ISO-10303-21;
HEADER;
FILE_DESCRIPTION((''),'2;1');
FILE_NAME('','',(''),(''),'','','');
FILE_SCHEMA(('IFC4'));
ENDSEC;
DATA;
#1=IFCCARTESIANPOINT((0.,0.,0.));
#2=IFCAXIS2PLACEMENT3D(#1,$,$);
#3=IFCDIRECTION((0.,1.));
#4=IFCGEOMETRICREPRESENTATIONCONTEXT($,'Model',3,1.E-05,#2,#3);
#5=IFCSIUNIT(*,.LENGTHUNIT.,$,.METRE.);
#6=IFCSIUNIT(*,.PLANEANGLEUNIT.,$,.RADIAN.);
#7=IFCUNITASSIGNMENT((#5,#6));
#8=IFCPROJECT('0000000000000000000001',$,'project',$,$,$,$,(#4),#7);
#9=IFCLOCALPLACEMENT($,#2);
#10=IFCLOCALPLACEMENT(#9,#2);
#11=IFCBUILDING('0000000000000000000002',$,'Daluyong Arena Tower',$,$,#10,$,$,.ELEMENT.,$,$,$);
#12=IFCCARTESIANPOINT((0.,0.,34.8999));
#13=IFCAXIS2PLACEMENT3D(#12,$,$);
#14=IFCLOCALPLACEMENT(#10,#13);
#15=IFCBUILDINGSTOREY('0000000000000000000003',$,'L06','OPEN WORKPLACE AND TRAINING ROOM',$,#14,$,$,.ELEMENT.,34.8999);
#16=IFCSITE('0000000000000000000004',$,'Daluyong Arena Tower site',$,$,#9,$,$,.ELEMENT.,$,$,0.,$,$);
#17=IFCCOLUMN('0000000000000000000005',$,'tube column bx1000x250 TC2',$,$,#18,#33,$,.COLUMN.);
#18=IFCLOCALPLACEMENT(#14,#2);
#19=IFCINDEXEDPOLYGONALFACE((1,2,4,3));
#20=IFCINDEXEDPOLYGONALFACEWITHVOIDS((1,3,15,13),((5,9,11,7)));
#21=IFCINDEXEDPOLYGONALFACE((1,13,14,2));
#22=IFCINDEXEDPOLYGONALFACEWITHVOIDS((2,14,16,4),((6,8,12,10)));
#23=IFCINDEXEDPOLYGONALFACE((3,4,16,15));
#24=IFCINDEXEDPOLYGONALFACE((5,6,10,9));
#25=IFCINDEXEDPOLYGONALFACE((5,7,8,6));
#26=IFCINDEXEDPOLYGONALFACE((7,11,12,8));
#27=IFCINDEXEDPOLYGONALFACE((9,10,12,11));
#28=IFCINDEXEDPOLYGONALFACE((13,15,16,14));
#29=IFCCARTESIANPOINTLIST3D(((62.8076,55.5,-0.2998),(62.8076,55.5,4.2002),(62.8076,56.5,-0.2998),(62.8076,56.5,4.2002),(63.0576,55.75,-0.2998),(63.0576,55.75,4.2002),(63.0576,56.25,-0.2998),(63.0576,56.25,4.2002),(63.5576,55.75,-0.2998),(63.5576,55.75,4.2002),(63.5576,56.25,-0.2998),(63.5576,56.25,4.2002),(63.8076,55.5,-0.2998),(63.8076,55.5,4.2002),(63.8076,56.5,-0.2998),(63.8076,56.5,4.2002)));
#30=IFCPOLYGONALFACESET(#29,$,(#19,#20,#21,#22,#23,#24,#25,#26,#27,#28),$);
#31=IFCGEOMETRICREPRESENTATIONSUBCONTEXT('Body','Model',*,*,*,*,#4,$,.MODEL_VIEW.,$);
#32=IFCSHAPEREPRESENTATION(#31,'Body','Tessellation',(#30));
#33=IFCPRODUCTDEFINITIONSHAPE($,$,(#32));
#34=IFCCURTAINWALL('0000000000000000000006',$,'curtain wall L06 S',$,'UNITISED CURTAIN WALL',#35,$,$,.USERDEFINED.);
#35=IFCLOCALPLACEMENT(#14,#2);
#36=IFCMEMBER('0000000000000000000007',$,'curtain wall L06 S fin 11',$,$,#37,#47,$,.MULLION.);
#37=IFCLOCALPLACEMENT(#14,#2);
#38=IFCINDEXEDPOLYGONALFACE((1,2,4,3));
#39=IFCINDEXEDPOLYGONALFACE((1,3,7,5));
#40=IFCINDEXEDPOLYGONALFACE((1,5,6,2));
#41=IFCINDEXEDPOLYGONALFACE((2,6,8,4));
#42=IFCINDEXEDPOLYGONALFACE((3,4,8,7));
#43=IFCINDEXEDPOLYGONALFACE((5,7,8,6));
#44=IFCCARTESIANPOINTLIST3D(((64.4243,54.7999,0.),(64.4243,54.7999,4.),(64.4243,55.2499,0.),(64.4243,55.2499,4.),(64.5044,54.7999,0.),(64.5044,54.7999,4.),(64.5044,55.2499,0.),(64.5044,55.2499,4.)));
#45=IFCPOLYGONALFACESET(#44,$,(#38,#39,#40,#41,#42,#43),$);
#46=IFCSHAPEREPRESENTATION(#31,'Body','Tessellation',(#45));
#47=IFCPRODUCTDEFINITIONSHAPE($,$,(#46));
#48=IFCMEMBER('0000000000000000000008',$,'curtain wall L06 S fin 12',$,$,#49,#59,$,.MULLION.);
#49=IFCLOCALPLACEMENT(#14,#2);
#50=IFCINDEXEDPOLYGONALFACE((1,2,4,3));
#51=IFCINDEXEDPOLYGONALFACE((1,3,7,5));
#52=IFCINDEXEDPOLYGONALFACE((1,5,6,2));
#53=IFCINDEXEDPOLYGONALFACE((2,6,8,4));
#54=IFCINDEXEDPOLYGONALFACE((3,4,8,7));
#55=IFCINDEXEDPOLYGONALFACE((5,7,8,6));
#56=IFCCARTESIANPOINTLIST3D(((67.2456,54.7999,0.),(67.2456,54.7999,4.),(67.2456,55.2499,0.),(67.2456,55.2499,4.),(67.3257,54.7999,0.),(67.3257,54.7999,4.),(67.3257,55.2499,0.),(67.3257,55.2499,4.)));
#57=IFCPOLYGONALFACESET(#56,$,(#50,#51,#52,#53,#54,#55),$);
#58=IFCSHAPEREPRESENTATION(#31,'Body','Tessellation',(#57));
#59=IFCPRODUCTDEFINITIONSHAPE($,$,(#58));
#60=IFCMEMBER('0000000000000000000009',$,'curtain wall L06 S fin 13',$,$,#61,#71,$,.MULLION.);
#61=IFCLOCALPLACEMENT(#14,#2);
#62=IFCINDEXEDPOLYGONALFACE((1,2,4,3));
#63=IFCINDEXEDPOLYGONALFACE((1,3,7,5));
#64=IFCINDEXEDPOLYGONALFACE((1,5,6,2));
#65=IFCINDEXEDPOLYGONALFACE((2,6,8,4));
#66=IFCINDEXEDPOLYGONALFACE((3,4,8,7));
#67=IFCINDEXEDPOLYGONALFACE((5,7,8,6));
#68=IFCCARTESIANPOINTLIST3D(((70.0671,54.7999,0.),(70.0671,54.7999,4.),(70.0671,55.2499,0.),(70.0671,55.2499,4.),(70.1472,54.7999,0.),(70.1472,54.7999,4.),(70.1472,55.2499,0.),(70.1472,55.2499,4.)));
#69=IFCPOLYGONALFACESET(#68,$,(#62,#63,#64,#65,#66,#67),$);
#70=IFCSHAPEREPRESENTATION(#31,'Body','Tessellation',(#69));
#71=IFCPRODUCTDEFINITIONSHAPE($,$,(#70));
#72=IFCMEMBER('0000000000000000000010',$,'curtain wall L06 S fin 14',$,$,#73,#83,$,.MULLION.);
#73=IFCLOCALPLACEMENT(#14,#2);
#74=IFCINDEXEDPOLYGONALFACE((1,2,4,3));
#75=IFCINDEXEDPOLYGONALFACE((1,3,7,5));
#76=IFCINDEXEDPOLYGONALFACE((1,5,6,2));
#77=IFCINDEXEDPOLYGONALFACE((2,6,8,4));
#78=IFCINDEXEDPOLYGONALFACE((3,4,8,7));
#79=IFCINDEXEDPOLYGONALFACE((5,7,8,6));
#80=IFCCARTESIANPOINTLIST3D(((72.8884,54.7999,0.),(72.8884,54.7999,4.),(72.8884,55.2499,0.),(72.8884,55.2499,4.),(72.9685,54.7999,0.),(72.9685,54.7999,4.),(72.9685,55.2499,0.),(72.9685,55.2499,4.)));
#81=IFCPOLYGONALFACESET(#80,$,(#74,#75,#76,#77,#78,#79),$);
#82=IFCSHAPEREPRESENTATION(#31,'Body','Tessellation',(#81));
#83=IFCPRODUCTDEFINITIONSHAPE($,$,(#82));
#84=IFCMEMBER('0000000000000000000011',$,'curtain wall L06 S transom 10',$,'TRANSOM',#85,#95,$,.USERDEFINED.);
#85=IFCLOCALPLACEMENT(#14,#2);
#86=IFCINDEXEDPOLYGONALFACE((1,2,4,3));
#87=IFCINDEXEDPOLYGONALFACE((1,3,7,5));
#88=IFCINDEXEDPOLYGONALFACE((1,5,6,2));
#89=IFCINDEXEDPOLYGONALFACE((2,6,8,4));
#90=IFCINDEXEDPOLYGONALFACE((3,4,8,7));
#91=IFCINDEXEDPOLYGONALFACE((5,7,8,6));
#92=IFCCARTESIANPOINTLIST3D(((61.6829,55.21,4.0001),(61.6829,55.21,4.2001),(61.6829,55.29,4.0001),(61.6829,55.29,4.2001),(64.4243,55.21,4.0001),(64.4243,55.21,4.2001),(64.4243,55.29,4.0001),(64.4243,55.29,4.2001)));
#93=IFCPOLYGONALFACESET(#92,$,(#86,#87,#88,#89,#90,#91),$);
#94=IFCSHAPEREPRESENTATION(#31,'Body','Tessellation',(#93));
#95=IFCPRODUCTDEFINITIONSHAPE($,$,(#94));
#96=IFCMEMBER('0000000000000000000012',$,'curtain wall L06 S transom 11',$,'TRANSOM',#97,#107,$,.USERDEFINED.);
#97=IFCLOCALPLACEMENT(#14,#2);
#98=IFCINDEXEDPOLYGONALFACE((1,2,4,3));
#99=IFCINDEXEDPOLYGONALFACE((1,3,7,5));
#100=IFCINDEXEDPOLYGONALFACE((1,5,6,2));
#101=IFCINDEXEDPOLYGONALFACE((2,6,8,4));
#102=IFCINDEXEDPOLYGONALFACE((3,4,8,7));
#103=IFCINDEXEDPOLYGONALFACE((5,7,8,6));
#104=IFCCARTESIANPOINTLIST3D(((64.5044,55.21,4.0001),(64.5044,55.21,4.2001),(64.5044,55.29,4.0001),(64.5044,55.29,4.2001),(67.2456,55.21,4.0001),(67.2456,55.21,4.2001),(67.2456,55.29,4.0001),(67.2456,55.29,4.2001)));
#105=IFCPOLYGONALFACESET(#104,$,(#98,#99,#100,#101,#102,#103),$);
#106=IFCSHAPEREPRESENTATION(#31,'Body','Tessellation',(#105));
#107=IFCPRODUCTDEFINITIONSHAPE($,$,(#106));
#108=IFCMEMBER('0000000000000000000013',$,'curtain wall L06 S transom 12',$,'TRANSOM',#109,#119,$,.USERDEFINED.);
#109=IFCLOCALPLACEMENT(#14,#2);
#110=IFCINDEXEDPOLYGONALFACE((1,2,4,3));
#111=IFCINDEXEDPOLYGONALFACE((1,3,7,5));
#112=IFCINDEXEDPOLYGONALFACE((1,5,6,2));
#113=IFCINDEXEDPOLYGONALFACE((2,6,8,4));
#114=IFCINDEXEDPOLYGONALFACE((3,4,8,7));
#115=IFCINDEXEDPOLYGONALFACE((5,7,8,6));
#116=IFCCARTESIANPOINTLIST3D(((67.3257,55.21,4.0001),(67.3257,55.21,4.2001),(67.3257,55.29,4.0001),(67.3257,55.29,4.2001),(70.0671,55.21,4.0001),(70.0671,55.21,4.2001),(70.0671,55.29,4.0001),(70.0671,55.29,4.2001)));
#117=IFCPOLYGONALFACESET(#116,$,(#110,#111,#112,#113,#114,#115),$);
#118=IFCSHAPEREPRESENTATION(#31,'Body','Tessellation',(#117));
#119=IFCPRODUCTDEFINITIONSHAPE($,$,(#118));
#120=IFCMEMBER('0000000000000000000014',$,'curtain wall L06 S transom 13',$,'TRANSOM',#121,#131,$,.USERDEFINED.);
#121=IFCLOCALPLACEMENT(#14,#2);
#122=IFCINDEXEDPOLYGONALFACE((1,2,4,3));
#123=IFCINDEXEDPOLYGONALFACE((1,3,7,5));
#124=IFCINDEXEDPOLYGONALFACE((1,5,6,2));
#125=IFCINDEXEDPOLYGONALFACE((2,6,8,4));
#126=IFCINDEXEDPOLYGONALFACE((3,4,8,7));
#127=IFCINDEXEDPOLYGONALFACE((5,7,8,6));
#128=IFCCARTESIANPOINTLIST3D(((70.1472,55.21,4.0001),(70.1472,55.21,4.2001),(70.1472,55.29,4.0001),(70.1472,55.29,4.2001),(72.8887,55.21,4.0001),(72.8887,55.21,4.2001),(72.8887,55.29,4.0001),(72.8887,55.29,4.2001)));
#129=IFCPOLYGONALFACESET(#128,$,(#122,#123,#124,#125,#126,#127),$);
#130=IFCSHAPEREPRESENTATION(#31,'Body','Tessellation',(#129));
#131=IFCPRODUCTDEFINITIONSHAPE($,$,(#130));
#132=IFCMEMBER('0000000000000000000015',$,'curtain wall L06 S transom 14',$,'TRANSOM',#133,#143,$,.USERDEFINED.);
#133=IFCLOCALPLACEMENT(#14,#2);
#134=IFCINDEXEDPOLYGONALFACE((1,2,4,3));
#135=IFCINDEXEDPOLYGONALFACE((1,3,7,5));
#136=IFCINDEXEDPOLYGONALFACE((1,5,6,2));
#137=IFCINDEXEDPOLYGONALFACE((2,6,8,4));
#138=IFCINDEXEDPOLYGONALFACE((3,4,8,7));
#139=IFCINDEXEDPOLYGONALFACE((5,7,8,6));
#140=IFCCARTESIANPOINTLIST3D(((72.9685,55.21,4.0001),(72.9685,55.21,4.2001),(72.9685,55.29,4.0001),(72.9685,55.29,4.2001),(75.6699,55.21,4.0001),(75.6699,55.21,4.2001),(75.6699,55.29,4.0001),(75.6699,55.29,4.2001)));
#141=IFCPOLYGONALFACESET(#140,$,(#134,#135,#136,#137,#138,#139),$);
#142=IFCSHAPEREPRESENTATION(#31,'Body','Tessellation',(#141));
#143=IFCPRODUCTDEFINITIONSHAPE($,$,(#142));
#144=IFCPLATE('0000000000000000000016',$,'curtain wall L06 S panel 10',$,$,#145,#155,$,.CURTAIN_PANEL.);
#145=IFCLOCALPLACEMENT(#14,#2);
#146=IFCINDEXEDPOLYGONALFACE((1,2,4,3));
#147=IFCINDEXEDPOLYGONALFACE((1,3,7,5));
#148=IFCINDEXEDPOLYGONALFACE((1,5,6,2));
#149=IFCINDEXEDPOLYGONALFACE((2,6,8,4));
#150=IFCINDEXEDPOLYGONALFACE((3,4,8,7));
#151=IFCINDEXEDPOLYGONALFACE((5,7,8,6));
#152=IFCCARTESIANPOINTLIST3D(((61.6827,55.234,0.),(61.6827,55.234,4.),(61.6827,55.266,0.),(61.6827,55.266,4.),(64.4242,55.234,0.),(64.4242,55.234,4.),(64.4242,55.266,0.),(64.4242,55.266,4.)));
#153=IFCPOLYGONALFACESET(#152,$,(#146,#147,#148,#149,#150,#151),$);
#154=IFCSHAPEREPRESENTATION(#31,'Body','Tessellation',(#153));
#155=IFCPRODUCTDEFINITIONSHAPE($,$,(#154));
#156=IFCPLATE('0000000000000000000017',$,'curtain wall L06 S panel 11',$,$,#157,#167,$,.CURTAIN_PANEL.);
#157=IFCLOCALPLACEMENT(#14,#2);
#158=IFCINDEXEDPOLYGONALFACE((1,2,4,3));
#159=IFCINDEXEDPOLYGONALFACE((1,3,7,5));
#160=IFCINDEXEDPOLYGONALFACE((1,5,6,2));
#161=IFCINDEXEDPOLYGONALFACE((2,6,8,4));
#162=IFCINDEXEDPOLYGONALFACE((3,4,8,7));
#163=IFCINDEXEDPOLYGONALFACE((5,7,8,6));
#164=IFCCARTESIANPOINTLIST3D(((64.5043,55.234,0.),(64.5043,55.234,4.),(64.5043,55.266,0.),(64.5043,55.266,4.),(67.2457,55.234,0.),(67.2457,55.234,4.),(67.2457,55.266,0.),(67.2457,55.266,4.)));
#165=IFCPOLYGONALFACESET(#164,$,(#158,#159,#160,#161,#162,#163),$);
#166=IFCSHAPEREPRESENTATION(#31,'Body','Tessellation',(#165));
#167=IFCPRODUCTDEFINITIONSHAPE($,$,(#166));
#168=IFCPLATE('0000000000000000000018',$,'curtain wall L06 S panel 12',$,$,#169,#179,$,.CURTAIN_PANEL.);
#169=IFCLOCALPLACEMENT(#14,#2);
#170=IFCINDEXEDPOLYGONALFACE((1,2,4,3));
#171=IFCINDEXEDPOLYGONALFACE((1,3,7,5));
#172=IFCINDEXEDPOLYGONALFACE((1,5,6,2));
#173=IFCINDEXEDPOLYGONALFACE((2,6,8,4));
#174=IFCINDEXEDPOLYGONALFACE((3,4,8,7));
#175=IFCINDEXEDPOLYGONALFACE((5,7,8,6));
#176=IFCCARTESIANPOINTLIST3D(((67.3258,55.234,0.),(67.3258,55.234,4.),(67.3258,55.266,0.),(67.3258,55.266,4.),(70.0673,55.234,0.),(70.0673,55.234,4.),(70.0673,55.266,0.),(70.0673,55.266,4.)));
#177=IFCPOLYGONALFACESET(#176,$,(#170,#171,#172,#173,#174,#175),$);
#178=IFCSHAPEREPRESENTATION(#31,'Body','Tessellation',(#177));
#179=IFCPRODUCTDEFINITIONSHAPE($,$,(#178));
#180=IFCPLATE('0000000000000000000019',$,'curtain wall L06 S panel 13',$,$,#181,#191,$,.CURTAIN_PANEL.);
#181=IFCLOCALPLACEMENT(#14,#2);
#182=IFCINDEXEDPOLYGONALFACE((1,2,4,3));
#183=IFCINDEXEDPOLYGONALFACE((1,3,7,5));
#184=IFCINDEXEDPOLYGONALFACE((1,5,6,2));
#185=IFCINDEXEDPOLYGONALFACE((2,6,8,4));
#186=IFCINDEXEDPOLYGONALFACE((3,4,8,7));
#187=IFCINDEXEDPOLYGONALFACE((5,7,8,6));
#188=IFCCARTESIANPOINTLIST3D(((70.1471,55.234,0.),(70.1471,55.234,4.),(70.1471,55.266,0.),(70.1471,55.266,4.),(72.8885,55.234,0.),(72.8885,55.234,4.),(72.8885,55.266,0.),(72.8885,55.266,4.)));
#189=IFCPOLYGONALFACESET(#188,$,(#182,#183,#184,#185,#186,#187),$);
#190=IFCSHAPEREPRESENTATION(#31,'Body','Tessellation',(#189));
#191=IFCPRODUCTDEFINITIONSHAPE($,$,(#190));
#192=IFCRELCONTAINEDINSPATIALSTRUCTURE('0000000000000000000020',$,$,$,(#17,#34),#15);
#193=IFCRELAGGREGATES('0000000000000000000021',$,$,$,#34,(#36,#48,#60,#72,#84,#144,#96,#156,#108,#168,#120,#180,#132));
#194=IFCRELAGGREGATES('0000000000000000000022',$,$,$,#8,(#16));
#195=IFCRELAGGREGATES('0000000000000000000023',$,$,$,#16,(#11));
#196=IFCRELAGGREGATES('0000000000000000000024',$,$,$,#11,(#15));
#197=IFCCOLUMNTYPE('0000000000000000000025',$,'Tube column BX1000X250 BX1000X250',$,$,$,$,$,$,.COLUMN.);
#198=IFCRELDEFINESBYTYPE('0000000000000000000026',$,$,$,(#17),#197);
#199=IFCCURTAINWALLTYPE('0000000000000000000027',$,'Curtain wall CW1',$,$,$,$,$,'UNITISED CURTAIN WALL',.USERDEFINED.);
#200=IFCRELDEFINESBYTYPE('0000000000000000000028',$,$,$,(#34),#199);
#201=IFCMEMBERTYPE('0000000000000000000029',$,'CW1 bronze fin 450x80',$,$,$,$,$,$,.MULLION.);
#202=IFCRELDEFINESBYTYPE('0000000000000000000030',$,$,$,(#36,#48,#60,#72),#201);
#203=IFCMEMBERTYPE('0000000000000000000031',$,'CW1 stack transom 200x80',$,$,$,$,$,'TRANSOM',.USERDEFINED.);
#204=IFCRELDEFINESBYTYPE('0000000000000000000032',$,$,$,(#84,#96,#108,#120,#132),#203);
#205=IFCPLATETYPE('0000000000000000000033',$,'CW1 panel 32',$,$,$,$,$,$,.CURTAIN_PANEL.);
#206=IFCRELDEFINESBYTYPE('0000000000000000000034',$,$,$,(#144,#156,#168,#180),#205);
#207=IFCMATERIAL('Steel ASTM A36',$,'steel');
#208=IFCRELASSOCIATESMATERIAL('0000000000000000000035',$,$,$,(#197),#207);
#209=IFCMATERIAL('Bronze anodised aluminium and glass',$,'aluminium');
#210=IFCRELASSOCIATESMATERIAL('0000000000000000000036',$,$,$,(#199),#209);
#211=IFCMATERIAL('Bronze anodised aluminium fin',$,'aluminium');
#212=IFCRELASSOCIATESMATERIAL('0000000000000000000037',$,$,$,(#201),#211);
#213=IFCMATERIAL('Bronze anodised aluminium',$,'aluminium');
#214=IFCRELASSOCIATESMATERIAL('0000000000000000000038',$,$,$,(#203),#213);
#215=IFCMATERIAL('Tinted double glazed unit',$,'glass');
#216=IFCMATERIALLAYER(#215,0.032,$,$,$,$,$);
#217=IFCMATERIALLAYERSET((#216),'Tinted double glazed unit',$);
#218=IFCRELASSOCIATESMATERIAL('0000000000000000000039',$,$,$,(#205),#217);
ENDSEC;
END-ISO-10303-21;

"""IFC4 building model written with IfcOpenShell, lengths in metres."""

from ifc_helpers import new_model, si_unit, direction, frame, origin, origin_2d, place, context, subcontext, project, spatial, rectangle, hollow_rectangle, extrude, material, layer, layer_set, material_profile, profile_set, type_object, element, aggregate, save


model = new_model("IFC4")

# Units and contexts
model_context = context("Model", 3, precision=1e-05, world=origin(), true_north=direction((0.0, 1.0)))
body_context = subcontext(model_context, "Body", "Model", "MODEL_VIEW")
ifc_project = project(units=[si_unit("LENGTHUNIT", "METRE"), si_unit("PLANEANGLEUNIT", "RADIAN")], contexts=[model_context])

# Site, building, storey
site_placement = place(None, origin())
site = spatial("IfcSite", under=ifc_project, at=site_placement, Name="Daluyong Arena Tower site", CompositionType="ELEMENT", RefElevation=0.0)
building_placement = place(site_placement, origin())
building = spatial("IfcBuilding", under=site, at=building_placement, Name="Daluyong Arena Tower", CompositionType="ELEMENT")
storey_placement = place(building_placement, frame((0.0, 0.0, 34.8999)))
storey = spatial("IfcBuildingStorey", under=building, at=storey_placement, Name="L06", Description="OPEN WORKPLACE AND TRAINING ROOM", CompositionType="ELEMENT", Elevation=34.8999)

# Column
ifc_material_1 = material(Name="Steel ASTM A36", Category="steel")
ifc_material_profile_1 = material_profile(ifc_material_1, hollow_rectangle(XDim=1.0, YDim=1.0, WallThickness=0.25, at=origin_2d()))
ifc_profile_set_1 = profile_set([ifc_material_profile_1], Name="Steel ASTM A36")
column_type = type_object("IfcColumnType", Name="Tube column BX1000X250 BX1000X250", PredefinedType="COLUMN", material=ifc_profile_set_1)
column_placement = place(storey_placement, frame((63.3076, 56.0, -0.2998), z_axis=(0.0, 0.0, 1.0), x_axis=(1.0, 0.0, 0.0)))
element("IfcColumn", 1, at=column_placement, inside=storey, type_object=column_type, Name="tube column bx1000x250 TC2", PredefinedType="COLUMN", context=body_context, shape_type="SweptSolid", body=[
    extrude(hollow_rectangle(XDim=1.0, YDim=1.0, WallThickness=0.25, at=origin_2d()), origin(), (0.0, 0.0, 1.0), 4.5),
])

# Curtain wall, members, plates
ifc_material_2 = material(Name="Bronze anodised aluminium and glass", Category="aluminium")
curtain_wall_type = type_object("IfcCurtainWallType", Name="Curtain wall CW1", ElementType="UNITISED CURTAIN WALL", PredefinedType="USERDEFINED", material=ifc_material_2)
curtain_wall_placement = place(storey_placement, origin())
curtain_wall = element("IfcCurtainWall", 2, at=curtain_wall_placement, inside=storey, type_object=curtain_wall_type, Name="curtain wall L06 S", ObjectType="UNITISED CURTAIN WALL", PredefinedType="USERDEFINED")
ifc_material_3 = material(Name="Bronze anodised aluminium fin", Category="aluminium")
ifc_material_profile_2 = material_profile(ifc_material_3, rectangle(XDim=0.45, YDim=0.0801, at=origin_2d()))
ifc_profile_set_2 = profile_set([ifc_material_profile_2], Name="Bronze anodised aluminium fin")
member_type_1 = type_object("IfcMemberType", Name="CW1 bronze fin 450x80", PredefinedType="MULLION", material=ifc_profile_set_2)
member_1_placement = place(storey_placement, frame((64.4644, 55.0249, 0.0), z_axis=(0.0, 0.0, 1.0), x_axis=(0.0, 1.0, 0.0)))
member_1 = element("IfcMember", 3, at=member_1_placement, type_object=member_type_1, Name="curtain wall L06 S fin 11", PredefinedType="MULLION", context=body_context, shape_type="SweptSolid", body=[
    extrude(rectangle(XDim=0.45, YDim=0.0801, at=origin_2d()), origin(), (0.0, 0.0, 1.0), 4.0),
])
member_2_placement = place(storey_placement, frame((67.2856, 55.0249, 0.0), z_axis=(0.0, 0.0, 1.0), x_axis=(0.0, 1.0, 0.0)))
member_2 = element("IfcMember", 4, at=member_2_placement, type_object=member_type_1, Name="curtain wall L06 S fin 12", PredefinedType="MULLION", context=body_context, shape_type="SweptSolid", body=[
    extrude(rectangle(XDim=0.45, YDim=0.0801, at=origin_2d()), origin(), (0.0, 0.0, 1.0), 4.0),
])
member_3_placement = place(storey_placement, frame((70.1072, 55.0249, 0.0), z_axis=(0.0, 0.0, 1.0), x_axis=(0.0, 1.0, 0.0)))
member_3 = element("IfcMember", 5, at=member_3_placement, type_object=member_type_1, Name="curtain wall L06 S fin 13", PredefinedType="MULLION", context=body_context, shape_type="SweptSolid", body=[
    extrude(rectangle(XDim=0.45, YDim=0.0801, at=origin_2d()), origin(), (0.0, 0.0, 1.0), 4.0),
])
member_4_placement = place(storey_placement, frame((72.9285, 55.0249, 0.0), z_axis=(0.0, 0.0, 1.0), x_axis=(0.0, 1.0, 0.0)))
member_4 = element("IfcMember", 6, at=member_4_placement, type_object=member_type_1, Name="curtain wall L06 S fin 14", PredefinedType="MULLION", context=body_context, shape_type="SweptSolid", body=[
    extrude(rectangle(XDim=0.45, YDim=0.0801, at=origin_2d()), origin(), (0.0, 0.0, 1.0), 4.0),
])
ifc_material_4 = material(Name="Bronze anodised aluminium", Category="aluminium")
ifc_material_profile_3 = material_profile(ifc_material_4, rectangle(XDim=0.0801, YDim=0.2, at=origin_2d()))
ifc_profile_set_3 = profile_set([ifc_material_profile_3], Name="Bronze anodised aluminium")
member_type_2 = type_object("IfcMemberType", Name="CW1 stack transom 200x80", ElementType="TRANSOM", PredefinedType="USERDEFINED", material=ifc_profile_set_3)
member_5_placement = place(storey_placement, frame((61.6829, 55.25, 4.1001), z_axis=(1.0, 0.0, 0.0), x_axis=(0.0, 1.0, 0.0)))
member_5 = element("IfcMember", 7, at=member_5_placement, type_object=member_type_2, Name="curtain wall L06 S transom 10", ObjectType="TRANSOM", PredefinedType="USERDEFINED", context=body_context, shape_type="SweptSolid", body=[
    extrude(rectangle(XDim=0.0801, YDim=0.2, at=origin_2d()), origin(), (0.0, 0.0, 1.0), 2.7415),
])
member_6_placement = place(storey_placement, frame((64.5044, 55.25, 4.1001), z_axis=(1.0, 0.0, 0.0), x_axis=(0.0, 1.0, 0.0)))
member_6 = element("IfcMember", 8, at=member_6_placement, type_object=member_type_2, Name="curtain wall L06 S transom 11", ObjectType="TRANSOM", PredefinedType="USERDEFINED", context=body_context, shape_type="SweptSolid", body=[
    extrude(rectangle(XDim=0.0801, YDim=0.2, at=origin_2d()), origin(), (0.0, 0.0, 1.0), 2.7412),
])
member_7_placement = place(storey_placement, frame((67.3257, 55.25, 4.1001), z_axis=(1.0, 0.0, 0.0), x_axis=(0.0, 1.0, 0.0)))
member_7 = element("IfcMember", 9, at=member_7_placement, type_object=member_type_2, Name="curtain wall L06 S transom 12", ObjectType="TRANSOM", PredefinedType="USERDEFINED", context=body_context, shape_type="SweptSolid", body=[
    extrude(rectangle(XDim=0.0801, YDim=0.2, at=origin_2d()), origin(), (0.0, 0.0, 1.0), 2.7415),
])
member_8_placement = place(storey_placement, frame((70.1472, 55.25, 4.1001), z_axis=(1.0, 0.0, 0.0), x_axis=(0.0, 1.0, 0.0)))
member_8 = element("IfcMember", 10, at=member_8_placement, type_object=member_type_2, Name="curtain wall L06 S transom 13", ObjectType="TRANSOM", PredefinedType="USERDEFINED", context=body_context, shape_type="SweptSolid", body=[
    extrude(rectangle(XDim=0.0801, YDim=0.2, at=origin_2d()), origin(), (0.0, 0.0, 1.0), 2.7415),
])
member_9_placement = place(storey_placement, frame((72.9685, 55.25, 4.1001), z_axis=(1.0, 0.0, 0.0), x_axis=(0.0, 1.0, 0.0)))
member_9 = element("IfcMember", 11, at=member_9_placement, type_object=member_type_2, Name="curtain wall L06 S transom 14", ObjectType="TRANSOM", PredefinedType="USERDEFINED", context=body_context, shape_type="SweptSolid", body=[
    extrude(rectangle(XDim=0.0801, YDim=0.2, at=origin_2d()), origin(), (0.0, 0.0, 1.0), 2.7014),
])
ifc_material_5 = material(Name="Tinted double glazed unit", Category="glass")
ifc_layer = layer(ifc_material_5, 0.032)
ifc_layer_set = layer_set([ifc_layer], Name="Tinted double glazed unit")
plate_type = type_object("IfcPlateType", Name="CW1 panel 32", PredefinedType="CURTAIN_PANEL", material=ifc_layer_set)
plate_1_placement = place(storey_placement, frame((63.0535, 55.25, 0.0), z_axis=(0.0, 0.0, 1.0), x_axis=(1.0, 0.0, 0.0)))
plate_1 = element("IfcPlate", 12, at=plate_1_placement, type_object=plate_type, Name="curtain wall L06 S panel 10", PredefinedType="CURTAIN_PANEL", context=body_context, shape_type="SweptSolid", body=[
    extrude(rectangle(XDim=2.7415, YDim=0.032, at=origin_2d()), origin(), (0.0, 0.0, 1.0), 4.0),
])
plate_2_placement = place(storey_placement, frame((65.875, 55.25, 0.0), z_axis=(0.0, 0.0, 1.0), x_axis=(1.0, 0.0, 0.0)))
plate_2 = element("IfcPlate", 13, at=plate_2_placement, type_object=plate_type, Name="curtain wall L06 S panel 11", PredefinedType="CURTAIN_PANEL", context=body_context, shape_type="SweptSolid", body=[
    extrude(rectangle(XDim=2.7415, YDim=0.032, at=origin_2d()), origin(), (0.0, 0.0, 1.0), 4.0),
])
plate_3_placement = place(storey_placement, frame((68.6965, 55.25, 0.0), z_axis=(0.0, 0.0, 1.0), x_axis=(1.0, 0.0, 0.0)))
plate_3 = element("IfcPlate", 14, at=plate_3_placement, type_object=plate_type, Name="curtain wall L06 S panel 12", PredefinedType="CURTAIN_PANEL", context=body_context, shape_type="SweptSolid", body=[
    extrude(rectangle(XDim=2.7415, YDim=0.032, at=origin_2d()), origin(), (0.0, 0.0, 1.0), 4.0),
])
plate_4_placement = place(storey_placement, frame((71.5178, 55.25, 0.0), z_axis=(0.0, 0.0, 1.0), x_axis=(1.0, 0.0, 0.0)))
plate_4 = element("IfcPlate", 15, at=plate_4_placement, type_object=plate_type, Name="curtain wall L06 S panel 13", PredefinedType="CURTAIN_PANEL", context=body_context, shape_type="SweptSolid", body=[
    extrude(rectangle(XDim=2.7415, YDim=0.032, at=origin_2d()), origin(), (0.0, 0.0, 1.0), 4.0),
])
aggregate(curtain_wall, [member_1, member_2, member_3, member_4, member_5, plate_1, member_6, plate_2, member_7, plate_3, member_8, plate_4, member_9])

save(model, "model.ifc")
